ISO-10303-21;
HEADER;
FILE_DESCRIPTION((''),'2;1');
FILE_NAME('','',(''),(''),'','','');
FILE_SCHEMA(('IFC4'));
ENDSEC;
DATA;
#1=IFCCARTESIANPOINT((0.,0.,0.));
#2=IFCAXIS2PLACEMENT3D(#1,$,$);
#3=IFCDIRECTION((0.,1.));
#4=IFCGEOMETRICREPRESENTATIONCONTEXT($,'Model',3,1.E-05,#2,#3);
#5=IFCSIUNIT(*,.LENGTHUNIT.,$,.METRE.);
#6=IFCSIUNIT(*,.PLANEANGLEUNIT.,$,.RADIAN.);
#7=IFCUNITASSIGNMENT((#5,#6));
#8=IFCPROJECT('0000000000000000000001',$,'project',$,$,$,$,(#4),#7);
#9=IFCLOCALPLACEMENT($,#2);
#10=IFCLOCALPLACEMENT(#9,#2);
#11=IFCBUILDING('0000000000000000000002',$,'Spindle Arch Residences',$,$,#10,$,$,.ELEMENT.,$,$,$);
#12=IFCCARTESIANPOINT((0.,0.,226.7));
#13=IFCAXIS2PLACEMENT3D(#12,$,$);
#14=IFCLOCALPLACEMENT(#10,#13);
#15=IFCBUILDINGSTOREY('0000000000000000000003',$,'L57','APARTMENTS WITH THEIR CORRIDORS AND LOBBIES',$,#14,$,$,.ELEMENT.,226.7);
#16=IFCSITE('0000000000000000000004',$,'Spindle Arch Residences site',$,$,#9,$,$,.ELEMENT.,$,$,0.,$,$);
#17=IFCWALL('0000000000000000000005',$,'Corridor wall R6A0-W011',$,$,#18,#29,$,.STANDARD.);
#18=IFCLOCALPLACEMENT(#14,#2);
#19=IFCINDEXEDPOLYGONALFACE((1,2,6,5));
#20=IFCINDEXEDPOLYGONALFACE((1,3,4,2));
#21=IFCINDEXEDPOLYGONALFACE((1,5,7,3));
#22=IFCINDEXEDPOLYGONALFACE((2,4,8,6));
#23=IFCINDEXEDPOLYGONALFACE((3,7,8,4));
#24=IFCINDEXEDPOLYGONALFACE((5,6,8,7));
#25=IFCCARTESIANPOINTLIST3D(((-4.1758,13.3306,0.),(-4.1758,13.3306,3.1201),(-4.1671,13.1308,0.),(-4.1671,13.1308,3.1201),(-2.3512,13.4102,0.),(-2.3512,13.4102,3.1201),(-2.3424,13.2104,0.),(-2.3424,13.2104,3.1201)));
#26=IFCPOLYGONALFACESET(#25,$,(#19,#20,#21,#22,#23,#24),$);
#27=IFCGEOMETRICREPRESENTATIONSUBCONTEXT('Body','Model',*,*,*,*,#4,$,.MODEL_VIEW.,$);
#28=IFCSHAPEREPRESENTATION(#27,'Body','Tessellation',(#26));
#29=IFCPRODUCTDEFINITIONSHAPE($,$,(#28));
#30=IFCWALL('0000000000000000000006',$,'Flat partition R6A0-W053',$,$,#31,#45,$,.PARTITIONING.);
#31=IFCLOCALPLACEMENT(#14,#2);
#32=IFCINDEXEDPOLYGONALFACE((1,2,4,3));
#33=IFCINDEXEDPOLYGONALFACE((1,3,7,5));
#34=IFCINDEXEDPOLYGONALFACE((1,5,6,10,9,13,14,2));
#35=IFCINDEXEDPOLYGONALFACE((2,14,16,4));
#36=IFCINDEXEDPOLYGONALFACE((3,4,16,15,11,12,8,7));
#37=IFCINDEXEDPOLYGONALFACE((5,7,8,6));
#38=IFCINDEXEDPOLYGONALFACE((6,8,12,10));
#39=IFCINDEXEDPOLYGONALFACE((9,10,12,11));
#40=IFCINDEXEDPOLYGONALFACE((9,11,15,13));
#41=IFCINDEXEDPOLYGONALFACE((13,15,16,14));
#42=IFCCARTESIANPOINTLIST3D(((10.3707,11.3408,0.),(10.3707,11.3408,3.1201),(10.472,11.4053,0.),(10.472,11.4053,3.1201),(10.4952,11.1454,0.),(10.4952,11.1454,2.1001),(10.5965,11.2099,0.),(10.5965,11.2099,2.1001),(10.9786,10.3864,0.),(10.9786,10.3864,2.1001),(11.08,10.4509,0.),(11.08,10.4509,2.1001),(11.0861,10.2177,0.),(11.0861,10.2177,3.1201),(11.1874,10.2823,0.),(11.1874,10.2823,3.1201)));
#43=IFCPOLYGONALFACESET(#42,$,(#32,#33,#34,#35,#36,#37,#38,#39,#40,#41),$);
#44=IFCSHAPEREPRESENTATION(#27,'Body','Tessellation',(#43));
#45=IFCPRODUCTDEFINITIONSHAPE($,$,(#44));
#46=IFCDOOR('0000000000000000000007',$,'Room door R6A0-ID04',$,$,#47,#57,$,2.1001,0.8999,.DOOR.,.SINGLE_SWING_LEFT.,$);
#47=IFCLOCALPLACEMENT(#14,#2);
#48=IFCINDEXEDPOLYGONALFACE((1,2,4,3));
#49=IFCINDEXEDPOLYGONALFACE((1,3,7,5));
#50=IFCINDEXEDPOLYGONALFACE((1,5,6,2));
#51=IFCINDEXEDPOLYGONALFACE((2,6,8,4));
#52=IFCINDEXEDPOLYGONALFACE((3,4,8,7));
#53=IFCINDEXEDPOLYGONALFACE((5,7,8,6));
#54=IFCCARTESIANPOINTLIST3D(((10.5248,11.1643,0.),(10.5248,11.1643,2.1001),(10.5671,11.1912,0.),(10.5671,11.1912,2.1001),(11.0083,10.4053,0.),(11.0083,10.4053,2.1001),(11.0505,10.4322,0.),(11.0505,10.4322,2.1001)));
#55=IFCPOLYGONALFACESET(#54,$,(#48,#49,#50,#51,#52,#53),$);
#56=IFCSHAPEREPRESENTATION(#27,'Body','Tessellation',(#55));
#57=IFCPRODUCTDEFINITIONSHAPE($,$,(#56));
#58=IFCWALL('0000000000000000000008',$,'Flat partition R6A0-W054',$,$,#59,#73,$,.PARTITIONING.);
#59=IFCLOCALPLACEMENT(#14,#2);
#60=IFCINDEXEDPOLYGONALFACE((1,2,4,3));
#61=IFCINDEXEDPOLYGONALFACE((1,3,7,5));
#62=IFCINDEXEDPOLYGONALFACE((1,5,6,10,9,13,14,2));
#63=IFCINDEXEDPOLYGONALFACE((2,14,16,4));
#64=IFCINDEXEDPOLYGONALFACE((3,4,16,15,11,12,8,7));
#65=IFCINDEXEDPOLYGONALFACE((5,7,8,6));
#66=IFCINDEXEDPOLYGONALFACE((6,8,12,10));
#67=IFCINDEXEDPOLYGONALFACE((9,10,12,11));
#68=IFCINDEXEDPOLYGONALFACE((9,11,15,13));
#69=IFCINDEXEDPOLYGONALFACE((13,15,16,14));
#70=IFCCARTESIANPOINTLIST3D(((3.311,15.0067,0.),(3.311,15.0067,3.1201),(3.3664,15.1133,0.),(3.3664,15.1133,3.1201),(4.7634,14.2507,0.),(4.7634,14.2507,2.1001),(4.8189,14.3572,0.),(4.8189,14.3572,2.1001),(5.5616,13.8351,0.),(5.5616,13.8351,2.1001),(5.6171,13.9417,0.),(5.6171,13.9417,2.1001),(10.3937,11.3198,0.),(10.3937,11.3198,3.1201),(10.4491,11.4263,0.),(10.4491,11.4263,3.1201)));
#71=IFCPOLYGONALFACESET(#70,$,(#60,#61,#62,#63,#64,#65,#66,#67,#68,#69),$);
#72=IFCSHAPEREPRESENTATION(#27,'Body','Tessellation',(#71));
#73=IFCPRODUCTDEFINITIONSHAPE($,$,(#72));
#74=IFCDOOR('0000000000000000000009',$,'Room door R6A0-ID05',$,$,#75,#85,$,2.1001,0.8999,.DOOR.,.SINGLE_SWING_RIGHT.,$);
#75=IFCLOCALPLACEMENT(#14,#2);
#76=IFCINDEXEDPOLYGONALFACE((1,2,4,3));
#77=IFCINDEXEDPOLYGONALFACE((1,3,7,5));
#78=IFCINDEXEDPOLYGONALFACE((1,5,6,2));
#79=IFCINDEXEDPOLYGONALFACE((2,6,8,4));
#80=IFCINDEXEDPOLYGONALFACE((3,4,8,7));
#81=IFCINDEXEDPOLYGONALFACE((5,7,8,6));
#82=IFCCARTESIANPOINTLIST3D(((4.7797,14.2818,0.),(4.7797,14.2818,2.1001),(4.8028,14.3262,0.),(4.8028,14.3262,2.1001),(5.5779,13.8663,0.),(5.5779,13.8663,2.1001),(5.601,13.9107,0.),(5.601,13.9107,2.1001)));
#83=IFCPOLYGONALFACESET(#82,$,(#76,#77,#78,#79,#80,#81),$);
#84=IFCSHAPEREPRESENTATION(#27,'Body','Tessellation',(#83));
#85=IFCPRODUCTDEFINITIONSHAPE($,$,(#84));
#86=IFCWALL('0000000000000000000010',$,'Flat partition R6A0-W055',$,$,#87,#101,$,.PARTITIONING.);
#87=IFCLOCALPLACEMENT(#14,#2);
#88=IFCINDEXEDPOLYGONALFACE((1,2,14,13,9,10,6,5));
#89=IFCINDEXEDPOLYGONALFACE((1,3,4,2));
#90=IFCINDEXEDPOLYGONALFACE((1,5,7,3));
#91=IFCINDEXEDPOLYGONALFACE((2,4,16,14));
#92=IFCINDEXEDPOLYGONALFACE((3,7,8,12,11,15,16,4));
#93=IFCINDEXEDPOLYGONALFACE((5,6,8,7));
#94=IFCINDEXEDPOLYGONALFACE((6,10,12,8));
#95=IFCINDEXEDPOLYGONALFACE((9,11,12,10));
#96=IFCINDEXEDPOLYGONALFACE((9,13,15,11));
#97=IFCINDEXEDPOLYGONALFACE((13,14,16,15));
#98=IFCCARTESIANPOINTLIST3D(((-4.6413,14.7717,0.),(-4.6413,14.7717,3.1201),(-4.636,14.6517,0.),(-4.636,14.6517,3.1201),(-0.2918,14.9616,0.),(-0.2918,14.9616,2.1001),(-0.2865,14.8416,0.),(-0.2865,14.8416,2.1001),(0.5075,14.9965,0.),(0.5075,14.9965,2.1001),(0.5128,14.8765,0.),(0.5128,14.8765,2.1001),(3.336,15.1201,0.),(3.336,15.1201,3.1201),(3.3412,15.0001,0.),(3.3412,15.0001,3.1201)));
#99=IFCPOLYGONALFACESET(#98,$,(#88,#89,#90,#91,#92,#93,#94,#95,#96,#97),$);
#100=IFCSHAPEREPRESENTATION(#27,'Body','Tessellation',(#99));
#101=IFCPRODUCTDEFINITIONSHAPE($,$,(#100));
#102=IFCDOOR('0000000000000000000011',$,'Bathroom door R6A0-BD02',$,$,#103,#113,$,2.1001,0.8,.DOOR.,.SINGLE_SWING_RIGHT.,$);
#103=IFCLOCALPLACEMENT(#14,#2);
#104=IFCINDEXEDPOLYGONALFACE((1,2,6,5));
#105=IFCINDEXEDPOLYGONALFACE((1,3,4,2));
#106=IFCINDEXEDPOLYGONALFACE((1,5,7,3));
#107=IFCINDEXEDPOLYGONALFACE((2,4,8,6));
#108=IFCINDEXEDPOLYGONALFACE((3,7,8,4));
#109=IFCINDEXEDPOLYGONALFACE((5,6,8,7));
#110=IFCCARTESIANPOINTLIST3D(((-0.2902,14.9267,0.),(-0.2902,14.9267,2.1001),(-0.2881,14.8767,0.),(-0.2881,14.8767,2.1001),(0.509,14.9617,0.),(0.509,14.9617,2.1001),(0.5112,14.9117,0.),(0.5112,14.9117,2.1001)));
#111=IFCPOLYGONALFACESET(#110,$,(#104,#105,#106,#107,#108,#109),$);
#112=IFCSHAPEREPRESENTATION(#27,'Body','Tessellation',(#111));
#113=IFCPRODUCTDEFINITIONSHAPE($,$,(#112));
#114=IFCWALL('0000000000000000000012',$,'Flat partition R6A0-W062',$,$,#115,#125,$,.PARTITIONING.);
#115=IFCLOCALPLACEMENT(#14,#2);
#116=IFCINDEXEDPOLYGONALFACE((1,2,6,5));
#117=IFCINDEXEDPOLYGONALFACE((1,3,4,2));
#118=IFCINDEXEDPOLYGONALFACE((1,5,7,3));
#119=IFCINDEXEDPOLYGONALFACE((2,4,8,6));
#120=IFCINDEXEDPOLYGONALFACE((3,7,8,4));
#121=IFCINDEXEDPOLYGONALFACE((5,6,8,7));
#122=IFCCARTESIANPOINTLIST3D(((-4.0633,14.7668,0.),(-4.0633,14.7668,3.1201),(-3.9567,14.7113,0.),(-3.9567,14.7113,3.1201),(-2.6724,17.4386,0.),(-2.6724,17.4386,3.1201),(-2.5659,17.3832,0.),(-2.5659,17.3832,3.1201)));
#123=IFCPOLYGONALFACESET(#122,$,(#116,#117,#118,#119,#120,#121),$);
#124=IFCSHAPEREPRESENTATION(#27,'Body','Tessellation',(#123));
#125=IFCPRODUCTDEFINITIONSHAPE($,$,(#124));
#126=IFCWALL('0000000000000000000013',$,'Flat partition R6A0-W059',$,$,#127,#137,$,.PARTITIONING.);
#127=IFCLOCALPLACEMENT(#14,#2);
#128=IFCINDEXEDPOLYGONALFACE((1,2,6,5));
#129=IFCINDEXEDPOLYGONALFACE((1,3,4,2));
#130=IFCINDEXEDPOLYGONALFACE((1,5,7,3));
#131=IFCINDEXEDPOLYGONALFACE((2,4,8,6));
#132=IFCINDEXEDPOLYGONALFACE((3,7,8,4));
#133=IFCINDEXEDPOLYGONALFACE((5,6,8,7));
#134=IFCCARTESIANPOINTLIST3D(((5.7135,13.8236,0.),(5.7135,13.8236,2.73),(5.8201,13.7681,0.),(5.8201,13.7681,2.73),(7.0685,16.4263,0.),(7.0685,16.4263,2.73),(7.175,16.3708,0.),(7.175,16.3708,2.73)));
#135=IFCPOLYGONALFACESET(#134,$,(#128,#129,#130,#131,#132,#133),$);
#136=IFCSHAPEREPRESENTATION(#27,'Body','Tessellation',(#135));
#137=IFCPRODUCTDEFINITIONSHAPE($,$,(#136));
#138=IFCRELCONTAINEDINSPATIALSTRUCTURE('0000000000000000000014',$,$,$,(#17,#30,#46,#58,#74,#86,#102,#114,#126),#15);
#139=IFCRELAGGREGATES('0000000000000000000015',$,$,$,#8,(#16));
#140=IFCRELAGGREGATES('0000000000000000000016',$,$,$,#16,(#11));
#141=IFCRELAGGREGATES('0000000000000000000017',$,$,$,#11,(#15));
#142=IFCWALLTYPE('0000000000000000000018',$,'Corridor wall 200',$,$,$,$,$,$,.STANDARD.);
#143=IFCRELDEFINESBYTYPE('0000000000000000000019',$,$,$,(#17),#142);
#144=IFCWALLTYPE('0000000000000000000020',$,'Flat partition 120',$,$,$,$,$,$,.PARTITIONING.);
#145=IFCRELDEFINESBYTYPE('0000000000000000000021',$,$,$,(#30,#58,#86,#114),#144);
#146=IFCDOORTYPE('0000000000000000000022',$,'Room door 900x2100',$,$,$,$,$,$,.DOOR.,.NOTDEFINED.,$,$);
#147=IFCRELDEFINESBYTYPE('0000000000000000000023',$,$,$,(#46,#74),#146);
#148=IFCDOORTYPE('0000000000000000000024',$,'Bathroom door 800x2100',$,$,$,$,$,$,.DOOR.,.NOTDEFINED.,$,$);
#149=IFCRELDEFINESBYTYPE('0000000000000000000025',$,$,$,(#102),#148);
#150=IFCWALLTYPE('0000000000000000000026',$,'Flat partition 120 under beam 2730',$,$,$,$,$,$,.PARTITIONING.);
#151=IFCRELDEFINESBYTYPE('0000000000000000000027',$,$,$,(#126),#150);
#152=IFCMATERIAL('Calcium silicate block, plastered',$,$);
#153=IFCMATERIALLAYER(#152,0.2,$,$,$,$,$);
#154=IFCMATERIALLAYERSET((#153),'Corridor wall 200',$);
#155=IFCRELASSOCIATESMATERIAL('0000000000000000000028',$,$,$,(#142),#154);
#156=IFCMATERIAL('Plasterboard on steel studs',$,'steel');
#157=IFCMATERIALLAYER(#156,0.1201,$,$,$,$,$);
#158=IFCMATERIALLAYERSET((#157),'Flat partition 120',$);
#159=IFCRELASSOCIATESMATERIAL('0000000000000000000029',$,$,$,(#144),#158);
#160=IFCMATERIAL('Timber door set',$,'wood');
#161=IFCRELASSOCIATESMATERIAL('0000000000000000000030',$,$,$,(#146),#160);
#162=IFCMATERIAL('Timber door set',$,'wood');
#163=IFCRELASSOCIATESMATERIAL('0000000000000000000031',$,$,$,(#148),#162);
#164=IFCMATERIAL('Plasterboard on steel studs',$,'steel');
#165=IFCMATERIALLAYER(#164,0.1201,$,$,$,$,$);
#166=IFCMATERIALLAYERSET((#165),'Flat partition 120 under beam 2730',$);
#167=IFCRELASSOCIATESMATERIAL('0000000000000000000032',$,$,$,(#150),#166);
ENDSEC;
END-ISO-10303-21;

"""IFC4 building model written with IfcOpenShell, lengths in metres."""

from ifc_helpers import new_model, si_unit, direction, frame, frame_2d, origin, place, context, subcontext, project, spatial, rectangle, extrude, material, layer, layer_set, type_object, element, fill, save


model = new_model("IFC4")

# Units and contexts
model_context = context("Model", 3, precision=1e-05, world=origin(), true_north=direction((0.0, 1.0)))
body_context = subcontext(model_context, "Body", "Model", "MODEL_VIEW")
ifc_project = project(units=[si_unit("LENGTHUNIT", "METRE"), si_unit("PLANEANGLEUNIT", "RADIAN")], contexts=[model_context])

# Site, building, storey
site_placement = place(None, origin())
site = spatial("IfcSite", under=ifc_project, at=site_placement, Name="Spindle Arch Residences site", CompositionType="ELEMENT", RefElevation=0.0)
building_placement = place(site_placement, origin())
building = spatial("IfcBuilding", under=site, at=building_placement, Name="Spindle Arch Residences", CompositionType="ELEMENT")
storey_placement = place(building_placement, frame((0.0, 0.0, 226.7)))
storey = spatial("IfcBuildingStorey", under=building, at=storey_placement, Name="L57", Description="APARTMENTS WITH THEIR CORRIDORS AND LOBBIES", CompositionType="ELEMENT", Elevation=226.7)

# Wall
ifc_material_1 = material(Name="Calcium silicate block, plastered")
ifc_layer_1 = layer(ifc_material_1, 0.2)
ifc_layer_set_1 = layer_set([ifc_layer_1], Name="Corridor wall 200")
wall_type_1 = type_object("IfcWallType", Name="Corridor wall 200", PredefinedType="STANDARD", material=ifc_layer_set_1)
wall_1_placement = place(storey_placement, frame((-2.3469, 13.3103, 0.0), z_axis=(0.0, 0.0, 1.0), x_axis=(-0.99905, -0.043576, 0.0)))
element("IfcWall", 1, at=wall_1_placement, inside=storey, type_object=wall_type_1, Name="Corridor wall R6A0-W011", PredefinedType="STANDARD", context=body_context, shape_type="SweptSolid", body=[
    extrude(rectangle(XDim=1.8264, YDim=0.2, at=frame_2d((0.9131, 0.0))), origin(), (0.0, 0.0, 1.0), 3.1201),
])

# Walls, openings, doors
ifc_material_2 = material(Name="Plasterboard on steel studs", Category="steel")
ifc_layer_2 = layer(ifc_material_2, 0.1201)
ifc_layer_set_2 = layer_set([ifc_layer_2], Name="Flat partition 120")
wall_type_2 = type_object("IfcWallType", Name="Flat partition 120", PredefinedType="PARTITIONING", material=ifc_layer_set_2)
wall_2_placement = place(storey_placement, frame((11.1367, 10.25, 0.0), z_axis=(0.0, 0.0, 1.0), x_axis=(-0.537231, 0.843435, 0.0)))
wall_2 = element("IfcWall", 2, at=wall_2_placement, inside=storey, type_object=wall_type_2, Name="Flat partition R6A0-W053", PredefinedType="PARTITIONING", context=body_context, shape_type="SweptSolid", body=[
    extrude(rectangle(XDim=1.3315, YDim=0.1201, at=frame_2d((0.6658, 0.0))), origin(), (0.0, 0.0, 1.0), 3.1201),
])
opening_1_placement = place(wall_2_placement, frame((0.2, 0.0, 0.0)))
opening_1 = element("IfcOpeningElement", 3, at=opening_1_placement, cuts=wall_2, PredefinedType="OPENING", context=body_context, shape_type="SweptSolid", body=[
    extrude(rectangle(XDim=0.8999, YDim=2.1001, at=frame_2d((0.45, 1.05))), frame((0.0, 0.0701, 0.0), z_axis=(0.0, -1.0, 0.0), x_axis=(1.0, 0.0, 0.0)), (0.0, 0.0, 1.0), 0.1401),
])
ifc_material_3 = material(Name="Timber door set", Category="wood")
door_type_1 = type_object("IfcDoorType", Name="Room door 900x2100", OperationType="NOTDEFINED", PredefinedType="DOOR", material=ifc_material_3)
door_1_placement = place(opening_1_placement, origin())
door_1 = element("IfcDoor", 4, at=door_1_placement, inside=storey, type_object=door_type_1, Name="Room door R6A0-ID04", OperationType="SINGLE_SWING_LEFT", OverallHeight=2.1001, OverallWidth=0.8999, PredefinedType="DOOR", context=body_context, shape_type="SweptSolid", body=[
    extrude(rectangle(XDim=0.8999, YDim=2.1001, at=frame_2d((0.45, 1.05))), frame((0.0, 0.0249, 0.0), z_axis=(0.0, -1.0, 0.0), x_axis=(1.0, 0.0, 0.0)), (0.0, 0.0, 1.0), 0.05),
])
fill(opening_1, door_1)
wall_3_placement = place(storey_placement, frame((10.4214, 11.373, 0.0), z_axis=(0.0, 0.0, 1.0), x_axis=(-0.887013, 0.461745, 0.0)))
wall_3 = element("IfcWall", 5, at=wall_3_placement, inside=storey, type_object=wall_type_2, Name="Flat partition R6A0-W054", PredefinedType="PARTITIONING", context=body_context, shape_type="SweptSolid", body=[
    extrude(rectangle(XDim=7.9849, YDim=0.1201, at=frame_2d((3.9924, 0.0))), origin(), (0.0, 0.0, 1.0), 3.1201),
])
opening_2_placement = place(wall_3_placement, frame((5.4475, 0.0, 0.0)))
opening_2 = element("IfcOpeningElement", 6, at=opening_2_placement, cuts=wall_3, PredefinedType="OPENING", context=body_context, shape_type="SweptSolid", body=[
    extrude(rectangle(XDim=0.8999, YDim=2.1001, at=frame_2d((0.45, 1.05))), frame((0.0, 0.0701, 0.0), z_axis=(0.0, -1.0, 0.0), x_axis=(1.0, 0.0, 0.0)), (0.0, 0.0, 1.0), 0.1401),
])
door_2_placement = place(opening_2_placement, origin())
door_2 = element("IfcDoor", 7, at=door_2_placement, inside=storey, type_object=door_type_1, Name="Room door R6A0-ID05", OperationType="SINGLE_SWING_RIGHT", OverallHeight=2.1001, OverallWidth=0.8999, PredefinedType="DOOR", context=body_context, shape_type="SweptSolid", body=[
    extrude(rectangle(XDim=0.8999, YDim=2.1001, at=frame_2d((0.45, 1.05))), frame((0.0, 0.0249, 0.0), z_axis=(0.0, -1.0, 0.0), x_axis=(1.0, 0.0, 0.0)), (0.0, 0.0, 1.0), 0.05),
])
fill(opening_2, door_2)
wall_4_placement = place(storey_placement, frame((3.3386, 15.0601, 0.0), z_axis=(0.0, 0.0, 1.0), x_axis=(-0.999048, -0.043631, 0.0)))
wall_4 = element("IfcWall", 8, at=wall_4_placement, inside=storey, type_object=wall_type_2, Name="Flat partition R6A0-W055", PredefinedType="PARTITIONING", context=body_context, shape_type="SweptSolid", body=[
    extrude(rectangle(XDim=7.9849, YDim=0.1201, at=frame_2d((3.9924, 0.0))), origin(), (0.0, 0.0, 1.0), 3.1201),
])
opening_3_placement = place(wall_4_placement, frame((2.8313, 0.0, 0.0)))
opening_3 = element("IfcOpeningElement", 9, at=opening_3_placement, cuts=wall_4, PredefinedType="OPENING", context=body_context, shape_type="SweptSolid", body=[
    extrude(rectangle(XDim=0.8, YDim=2.1001, at=frame_2d((0.3999, 1.05))), frame((0.0, 0.0701, 0.0), z_axis=(0.0, -1.0, 0.0), x_axis=(1.0, 0.0, 0.0)), (0.0, 0.0, 1.0), 0.1401),
])
ifc_material_4 = material(Name="Timber door set", Category="wood")
door_type_2 = type_object("IfcDoorType", Name="Bathroom door 800x2100", OperationType="NOTDEFINED", PredefinedType="DOOR", material=ifc_material_4)
door_3_placement = place(opening_3_placement, origin())
door_3 = element("IfcDoor", 10, at=door_3_placement, inside=storey, type_object=door_type_2, Name="Bathroom door R6A0-BD02", OperationType="SINGLE_SWING_RIGHT", OverallHeight=2.1001, OverallWidth=0.8, PredefinedType="DOOR", context=body_context, shape_type="SweptSolid", body=[
    extrude(rectangle(XDim=0.8, YDim=2.1001, at=frame_2d((0.3999, 1.05))), frame((0.0, 0.0249, 0.0), z_axis=(0.0, -1.0, 0.0), x_axis=(1.0, 0.0, 0.0)), (0.0, 0.0, 1.0), 0.05),
])
fill(opening_3, door_3)

# Walls
wall_5_placement = place(storey_placement, frame((-2.6191, 17.4109, 0.0), z_axis=(0.0, 0.0, 1.0), x_axis=(-0.461743, -0.887014, 0.0)))
element("IfcWall", 11, at=wall_5_placement, inside=storey, type_object=wall_type_2, Name="Flat partition R6A0-W062", PredefinedType="PARTITIONING", context=body_context, shape_type="SweptSolid", body=[
    extrude(rectangle(XDim=3.0122, YDim=0.1201, at=frame_2d((1.5061, 0.0))), origin(), (0.0, 0.0, 1.0), 3.1201),
])
ifc_material_5 = material(Name="Plasterboard on steel studs", Category="steel")
ifc_layer_3 = layer(ifc_material_5, 0.1201)
ifc_layer_set_3 = layer_set([ifc_layer_3], Name="Flat partition 120 under beam 2730")
wall_type_3 = type_object("IfcWallType", Name="Flat partition 120 under beam 2730", PredefinedType="PARTITIONING", material=ifc_layer_set_3)
wall_6_placement = place(storey_placement, frame((7.1218, 16.3987, 0.0), z_axis=(0.0, 0.0, 1.0), x_axis=(-0.461764, -0.887003, 0.0)))
element("IfcWall", 12, at=wall_6_placement, inside=storey, type_object=wall_type_3, Name="Flat partition R6A0-W059", PredefinedType="PARTITIONING", context=body_context, shape_type="SweptSolid", body=[
    extrude(rectangle(XDim=2.9343, YDim=0.1201, at=frame_2d((1.4673, 0.0))), origin(), (0.0, 0.0, 1.0), 2.73),
])

save(model, "model.ifc")
